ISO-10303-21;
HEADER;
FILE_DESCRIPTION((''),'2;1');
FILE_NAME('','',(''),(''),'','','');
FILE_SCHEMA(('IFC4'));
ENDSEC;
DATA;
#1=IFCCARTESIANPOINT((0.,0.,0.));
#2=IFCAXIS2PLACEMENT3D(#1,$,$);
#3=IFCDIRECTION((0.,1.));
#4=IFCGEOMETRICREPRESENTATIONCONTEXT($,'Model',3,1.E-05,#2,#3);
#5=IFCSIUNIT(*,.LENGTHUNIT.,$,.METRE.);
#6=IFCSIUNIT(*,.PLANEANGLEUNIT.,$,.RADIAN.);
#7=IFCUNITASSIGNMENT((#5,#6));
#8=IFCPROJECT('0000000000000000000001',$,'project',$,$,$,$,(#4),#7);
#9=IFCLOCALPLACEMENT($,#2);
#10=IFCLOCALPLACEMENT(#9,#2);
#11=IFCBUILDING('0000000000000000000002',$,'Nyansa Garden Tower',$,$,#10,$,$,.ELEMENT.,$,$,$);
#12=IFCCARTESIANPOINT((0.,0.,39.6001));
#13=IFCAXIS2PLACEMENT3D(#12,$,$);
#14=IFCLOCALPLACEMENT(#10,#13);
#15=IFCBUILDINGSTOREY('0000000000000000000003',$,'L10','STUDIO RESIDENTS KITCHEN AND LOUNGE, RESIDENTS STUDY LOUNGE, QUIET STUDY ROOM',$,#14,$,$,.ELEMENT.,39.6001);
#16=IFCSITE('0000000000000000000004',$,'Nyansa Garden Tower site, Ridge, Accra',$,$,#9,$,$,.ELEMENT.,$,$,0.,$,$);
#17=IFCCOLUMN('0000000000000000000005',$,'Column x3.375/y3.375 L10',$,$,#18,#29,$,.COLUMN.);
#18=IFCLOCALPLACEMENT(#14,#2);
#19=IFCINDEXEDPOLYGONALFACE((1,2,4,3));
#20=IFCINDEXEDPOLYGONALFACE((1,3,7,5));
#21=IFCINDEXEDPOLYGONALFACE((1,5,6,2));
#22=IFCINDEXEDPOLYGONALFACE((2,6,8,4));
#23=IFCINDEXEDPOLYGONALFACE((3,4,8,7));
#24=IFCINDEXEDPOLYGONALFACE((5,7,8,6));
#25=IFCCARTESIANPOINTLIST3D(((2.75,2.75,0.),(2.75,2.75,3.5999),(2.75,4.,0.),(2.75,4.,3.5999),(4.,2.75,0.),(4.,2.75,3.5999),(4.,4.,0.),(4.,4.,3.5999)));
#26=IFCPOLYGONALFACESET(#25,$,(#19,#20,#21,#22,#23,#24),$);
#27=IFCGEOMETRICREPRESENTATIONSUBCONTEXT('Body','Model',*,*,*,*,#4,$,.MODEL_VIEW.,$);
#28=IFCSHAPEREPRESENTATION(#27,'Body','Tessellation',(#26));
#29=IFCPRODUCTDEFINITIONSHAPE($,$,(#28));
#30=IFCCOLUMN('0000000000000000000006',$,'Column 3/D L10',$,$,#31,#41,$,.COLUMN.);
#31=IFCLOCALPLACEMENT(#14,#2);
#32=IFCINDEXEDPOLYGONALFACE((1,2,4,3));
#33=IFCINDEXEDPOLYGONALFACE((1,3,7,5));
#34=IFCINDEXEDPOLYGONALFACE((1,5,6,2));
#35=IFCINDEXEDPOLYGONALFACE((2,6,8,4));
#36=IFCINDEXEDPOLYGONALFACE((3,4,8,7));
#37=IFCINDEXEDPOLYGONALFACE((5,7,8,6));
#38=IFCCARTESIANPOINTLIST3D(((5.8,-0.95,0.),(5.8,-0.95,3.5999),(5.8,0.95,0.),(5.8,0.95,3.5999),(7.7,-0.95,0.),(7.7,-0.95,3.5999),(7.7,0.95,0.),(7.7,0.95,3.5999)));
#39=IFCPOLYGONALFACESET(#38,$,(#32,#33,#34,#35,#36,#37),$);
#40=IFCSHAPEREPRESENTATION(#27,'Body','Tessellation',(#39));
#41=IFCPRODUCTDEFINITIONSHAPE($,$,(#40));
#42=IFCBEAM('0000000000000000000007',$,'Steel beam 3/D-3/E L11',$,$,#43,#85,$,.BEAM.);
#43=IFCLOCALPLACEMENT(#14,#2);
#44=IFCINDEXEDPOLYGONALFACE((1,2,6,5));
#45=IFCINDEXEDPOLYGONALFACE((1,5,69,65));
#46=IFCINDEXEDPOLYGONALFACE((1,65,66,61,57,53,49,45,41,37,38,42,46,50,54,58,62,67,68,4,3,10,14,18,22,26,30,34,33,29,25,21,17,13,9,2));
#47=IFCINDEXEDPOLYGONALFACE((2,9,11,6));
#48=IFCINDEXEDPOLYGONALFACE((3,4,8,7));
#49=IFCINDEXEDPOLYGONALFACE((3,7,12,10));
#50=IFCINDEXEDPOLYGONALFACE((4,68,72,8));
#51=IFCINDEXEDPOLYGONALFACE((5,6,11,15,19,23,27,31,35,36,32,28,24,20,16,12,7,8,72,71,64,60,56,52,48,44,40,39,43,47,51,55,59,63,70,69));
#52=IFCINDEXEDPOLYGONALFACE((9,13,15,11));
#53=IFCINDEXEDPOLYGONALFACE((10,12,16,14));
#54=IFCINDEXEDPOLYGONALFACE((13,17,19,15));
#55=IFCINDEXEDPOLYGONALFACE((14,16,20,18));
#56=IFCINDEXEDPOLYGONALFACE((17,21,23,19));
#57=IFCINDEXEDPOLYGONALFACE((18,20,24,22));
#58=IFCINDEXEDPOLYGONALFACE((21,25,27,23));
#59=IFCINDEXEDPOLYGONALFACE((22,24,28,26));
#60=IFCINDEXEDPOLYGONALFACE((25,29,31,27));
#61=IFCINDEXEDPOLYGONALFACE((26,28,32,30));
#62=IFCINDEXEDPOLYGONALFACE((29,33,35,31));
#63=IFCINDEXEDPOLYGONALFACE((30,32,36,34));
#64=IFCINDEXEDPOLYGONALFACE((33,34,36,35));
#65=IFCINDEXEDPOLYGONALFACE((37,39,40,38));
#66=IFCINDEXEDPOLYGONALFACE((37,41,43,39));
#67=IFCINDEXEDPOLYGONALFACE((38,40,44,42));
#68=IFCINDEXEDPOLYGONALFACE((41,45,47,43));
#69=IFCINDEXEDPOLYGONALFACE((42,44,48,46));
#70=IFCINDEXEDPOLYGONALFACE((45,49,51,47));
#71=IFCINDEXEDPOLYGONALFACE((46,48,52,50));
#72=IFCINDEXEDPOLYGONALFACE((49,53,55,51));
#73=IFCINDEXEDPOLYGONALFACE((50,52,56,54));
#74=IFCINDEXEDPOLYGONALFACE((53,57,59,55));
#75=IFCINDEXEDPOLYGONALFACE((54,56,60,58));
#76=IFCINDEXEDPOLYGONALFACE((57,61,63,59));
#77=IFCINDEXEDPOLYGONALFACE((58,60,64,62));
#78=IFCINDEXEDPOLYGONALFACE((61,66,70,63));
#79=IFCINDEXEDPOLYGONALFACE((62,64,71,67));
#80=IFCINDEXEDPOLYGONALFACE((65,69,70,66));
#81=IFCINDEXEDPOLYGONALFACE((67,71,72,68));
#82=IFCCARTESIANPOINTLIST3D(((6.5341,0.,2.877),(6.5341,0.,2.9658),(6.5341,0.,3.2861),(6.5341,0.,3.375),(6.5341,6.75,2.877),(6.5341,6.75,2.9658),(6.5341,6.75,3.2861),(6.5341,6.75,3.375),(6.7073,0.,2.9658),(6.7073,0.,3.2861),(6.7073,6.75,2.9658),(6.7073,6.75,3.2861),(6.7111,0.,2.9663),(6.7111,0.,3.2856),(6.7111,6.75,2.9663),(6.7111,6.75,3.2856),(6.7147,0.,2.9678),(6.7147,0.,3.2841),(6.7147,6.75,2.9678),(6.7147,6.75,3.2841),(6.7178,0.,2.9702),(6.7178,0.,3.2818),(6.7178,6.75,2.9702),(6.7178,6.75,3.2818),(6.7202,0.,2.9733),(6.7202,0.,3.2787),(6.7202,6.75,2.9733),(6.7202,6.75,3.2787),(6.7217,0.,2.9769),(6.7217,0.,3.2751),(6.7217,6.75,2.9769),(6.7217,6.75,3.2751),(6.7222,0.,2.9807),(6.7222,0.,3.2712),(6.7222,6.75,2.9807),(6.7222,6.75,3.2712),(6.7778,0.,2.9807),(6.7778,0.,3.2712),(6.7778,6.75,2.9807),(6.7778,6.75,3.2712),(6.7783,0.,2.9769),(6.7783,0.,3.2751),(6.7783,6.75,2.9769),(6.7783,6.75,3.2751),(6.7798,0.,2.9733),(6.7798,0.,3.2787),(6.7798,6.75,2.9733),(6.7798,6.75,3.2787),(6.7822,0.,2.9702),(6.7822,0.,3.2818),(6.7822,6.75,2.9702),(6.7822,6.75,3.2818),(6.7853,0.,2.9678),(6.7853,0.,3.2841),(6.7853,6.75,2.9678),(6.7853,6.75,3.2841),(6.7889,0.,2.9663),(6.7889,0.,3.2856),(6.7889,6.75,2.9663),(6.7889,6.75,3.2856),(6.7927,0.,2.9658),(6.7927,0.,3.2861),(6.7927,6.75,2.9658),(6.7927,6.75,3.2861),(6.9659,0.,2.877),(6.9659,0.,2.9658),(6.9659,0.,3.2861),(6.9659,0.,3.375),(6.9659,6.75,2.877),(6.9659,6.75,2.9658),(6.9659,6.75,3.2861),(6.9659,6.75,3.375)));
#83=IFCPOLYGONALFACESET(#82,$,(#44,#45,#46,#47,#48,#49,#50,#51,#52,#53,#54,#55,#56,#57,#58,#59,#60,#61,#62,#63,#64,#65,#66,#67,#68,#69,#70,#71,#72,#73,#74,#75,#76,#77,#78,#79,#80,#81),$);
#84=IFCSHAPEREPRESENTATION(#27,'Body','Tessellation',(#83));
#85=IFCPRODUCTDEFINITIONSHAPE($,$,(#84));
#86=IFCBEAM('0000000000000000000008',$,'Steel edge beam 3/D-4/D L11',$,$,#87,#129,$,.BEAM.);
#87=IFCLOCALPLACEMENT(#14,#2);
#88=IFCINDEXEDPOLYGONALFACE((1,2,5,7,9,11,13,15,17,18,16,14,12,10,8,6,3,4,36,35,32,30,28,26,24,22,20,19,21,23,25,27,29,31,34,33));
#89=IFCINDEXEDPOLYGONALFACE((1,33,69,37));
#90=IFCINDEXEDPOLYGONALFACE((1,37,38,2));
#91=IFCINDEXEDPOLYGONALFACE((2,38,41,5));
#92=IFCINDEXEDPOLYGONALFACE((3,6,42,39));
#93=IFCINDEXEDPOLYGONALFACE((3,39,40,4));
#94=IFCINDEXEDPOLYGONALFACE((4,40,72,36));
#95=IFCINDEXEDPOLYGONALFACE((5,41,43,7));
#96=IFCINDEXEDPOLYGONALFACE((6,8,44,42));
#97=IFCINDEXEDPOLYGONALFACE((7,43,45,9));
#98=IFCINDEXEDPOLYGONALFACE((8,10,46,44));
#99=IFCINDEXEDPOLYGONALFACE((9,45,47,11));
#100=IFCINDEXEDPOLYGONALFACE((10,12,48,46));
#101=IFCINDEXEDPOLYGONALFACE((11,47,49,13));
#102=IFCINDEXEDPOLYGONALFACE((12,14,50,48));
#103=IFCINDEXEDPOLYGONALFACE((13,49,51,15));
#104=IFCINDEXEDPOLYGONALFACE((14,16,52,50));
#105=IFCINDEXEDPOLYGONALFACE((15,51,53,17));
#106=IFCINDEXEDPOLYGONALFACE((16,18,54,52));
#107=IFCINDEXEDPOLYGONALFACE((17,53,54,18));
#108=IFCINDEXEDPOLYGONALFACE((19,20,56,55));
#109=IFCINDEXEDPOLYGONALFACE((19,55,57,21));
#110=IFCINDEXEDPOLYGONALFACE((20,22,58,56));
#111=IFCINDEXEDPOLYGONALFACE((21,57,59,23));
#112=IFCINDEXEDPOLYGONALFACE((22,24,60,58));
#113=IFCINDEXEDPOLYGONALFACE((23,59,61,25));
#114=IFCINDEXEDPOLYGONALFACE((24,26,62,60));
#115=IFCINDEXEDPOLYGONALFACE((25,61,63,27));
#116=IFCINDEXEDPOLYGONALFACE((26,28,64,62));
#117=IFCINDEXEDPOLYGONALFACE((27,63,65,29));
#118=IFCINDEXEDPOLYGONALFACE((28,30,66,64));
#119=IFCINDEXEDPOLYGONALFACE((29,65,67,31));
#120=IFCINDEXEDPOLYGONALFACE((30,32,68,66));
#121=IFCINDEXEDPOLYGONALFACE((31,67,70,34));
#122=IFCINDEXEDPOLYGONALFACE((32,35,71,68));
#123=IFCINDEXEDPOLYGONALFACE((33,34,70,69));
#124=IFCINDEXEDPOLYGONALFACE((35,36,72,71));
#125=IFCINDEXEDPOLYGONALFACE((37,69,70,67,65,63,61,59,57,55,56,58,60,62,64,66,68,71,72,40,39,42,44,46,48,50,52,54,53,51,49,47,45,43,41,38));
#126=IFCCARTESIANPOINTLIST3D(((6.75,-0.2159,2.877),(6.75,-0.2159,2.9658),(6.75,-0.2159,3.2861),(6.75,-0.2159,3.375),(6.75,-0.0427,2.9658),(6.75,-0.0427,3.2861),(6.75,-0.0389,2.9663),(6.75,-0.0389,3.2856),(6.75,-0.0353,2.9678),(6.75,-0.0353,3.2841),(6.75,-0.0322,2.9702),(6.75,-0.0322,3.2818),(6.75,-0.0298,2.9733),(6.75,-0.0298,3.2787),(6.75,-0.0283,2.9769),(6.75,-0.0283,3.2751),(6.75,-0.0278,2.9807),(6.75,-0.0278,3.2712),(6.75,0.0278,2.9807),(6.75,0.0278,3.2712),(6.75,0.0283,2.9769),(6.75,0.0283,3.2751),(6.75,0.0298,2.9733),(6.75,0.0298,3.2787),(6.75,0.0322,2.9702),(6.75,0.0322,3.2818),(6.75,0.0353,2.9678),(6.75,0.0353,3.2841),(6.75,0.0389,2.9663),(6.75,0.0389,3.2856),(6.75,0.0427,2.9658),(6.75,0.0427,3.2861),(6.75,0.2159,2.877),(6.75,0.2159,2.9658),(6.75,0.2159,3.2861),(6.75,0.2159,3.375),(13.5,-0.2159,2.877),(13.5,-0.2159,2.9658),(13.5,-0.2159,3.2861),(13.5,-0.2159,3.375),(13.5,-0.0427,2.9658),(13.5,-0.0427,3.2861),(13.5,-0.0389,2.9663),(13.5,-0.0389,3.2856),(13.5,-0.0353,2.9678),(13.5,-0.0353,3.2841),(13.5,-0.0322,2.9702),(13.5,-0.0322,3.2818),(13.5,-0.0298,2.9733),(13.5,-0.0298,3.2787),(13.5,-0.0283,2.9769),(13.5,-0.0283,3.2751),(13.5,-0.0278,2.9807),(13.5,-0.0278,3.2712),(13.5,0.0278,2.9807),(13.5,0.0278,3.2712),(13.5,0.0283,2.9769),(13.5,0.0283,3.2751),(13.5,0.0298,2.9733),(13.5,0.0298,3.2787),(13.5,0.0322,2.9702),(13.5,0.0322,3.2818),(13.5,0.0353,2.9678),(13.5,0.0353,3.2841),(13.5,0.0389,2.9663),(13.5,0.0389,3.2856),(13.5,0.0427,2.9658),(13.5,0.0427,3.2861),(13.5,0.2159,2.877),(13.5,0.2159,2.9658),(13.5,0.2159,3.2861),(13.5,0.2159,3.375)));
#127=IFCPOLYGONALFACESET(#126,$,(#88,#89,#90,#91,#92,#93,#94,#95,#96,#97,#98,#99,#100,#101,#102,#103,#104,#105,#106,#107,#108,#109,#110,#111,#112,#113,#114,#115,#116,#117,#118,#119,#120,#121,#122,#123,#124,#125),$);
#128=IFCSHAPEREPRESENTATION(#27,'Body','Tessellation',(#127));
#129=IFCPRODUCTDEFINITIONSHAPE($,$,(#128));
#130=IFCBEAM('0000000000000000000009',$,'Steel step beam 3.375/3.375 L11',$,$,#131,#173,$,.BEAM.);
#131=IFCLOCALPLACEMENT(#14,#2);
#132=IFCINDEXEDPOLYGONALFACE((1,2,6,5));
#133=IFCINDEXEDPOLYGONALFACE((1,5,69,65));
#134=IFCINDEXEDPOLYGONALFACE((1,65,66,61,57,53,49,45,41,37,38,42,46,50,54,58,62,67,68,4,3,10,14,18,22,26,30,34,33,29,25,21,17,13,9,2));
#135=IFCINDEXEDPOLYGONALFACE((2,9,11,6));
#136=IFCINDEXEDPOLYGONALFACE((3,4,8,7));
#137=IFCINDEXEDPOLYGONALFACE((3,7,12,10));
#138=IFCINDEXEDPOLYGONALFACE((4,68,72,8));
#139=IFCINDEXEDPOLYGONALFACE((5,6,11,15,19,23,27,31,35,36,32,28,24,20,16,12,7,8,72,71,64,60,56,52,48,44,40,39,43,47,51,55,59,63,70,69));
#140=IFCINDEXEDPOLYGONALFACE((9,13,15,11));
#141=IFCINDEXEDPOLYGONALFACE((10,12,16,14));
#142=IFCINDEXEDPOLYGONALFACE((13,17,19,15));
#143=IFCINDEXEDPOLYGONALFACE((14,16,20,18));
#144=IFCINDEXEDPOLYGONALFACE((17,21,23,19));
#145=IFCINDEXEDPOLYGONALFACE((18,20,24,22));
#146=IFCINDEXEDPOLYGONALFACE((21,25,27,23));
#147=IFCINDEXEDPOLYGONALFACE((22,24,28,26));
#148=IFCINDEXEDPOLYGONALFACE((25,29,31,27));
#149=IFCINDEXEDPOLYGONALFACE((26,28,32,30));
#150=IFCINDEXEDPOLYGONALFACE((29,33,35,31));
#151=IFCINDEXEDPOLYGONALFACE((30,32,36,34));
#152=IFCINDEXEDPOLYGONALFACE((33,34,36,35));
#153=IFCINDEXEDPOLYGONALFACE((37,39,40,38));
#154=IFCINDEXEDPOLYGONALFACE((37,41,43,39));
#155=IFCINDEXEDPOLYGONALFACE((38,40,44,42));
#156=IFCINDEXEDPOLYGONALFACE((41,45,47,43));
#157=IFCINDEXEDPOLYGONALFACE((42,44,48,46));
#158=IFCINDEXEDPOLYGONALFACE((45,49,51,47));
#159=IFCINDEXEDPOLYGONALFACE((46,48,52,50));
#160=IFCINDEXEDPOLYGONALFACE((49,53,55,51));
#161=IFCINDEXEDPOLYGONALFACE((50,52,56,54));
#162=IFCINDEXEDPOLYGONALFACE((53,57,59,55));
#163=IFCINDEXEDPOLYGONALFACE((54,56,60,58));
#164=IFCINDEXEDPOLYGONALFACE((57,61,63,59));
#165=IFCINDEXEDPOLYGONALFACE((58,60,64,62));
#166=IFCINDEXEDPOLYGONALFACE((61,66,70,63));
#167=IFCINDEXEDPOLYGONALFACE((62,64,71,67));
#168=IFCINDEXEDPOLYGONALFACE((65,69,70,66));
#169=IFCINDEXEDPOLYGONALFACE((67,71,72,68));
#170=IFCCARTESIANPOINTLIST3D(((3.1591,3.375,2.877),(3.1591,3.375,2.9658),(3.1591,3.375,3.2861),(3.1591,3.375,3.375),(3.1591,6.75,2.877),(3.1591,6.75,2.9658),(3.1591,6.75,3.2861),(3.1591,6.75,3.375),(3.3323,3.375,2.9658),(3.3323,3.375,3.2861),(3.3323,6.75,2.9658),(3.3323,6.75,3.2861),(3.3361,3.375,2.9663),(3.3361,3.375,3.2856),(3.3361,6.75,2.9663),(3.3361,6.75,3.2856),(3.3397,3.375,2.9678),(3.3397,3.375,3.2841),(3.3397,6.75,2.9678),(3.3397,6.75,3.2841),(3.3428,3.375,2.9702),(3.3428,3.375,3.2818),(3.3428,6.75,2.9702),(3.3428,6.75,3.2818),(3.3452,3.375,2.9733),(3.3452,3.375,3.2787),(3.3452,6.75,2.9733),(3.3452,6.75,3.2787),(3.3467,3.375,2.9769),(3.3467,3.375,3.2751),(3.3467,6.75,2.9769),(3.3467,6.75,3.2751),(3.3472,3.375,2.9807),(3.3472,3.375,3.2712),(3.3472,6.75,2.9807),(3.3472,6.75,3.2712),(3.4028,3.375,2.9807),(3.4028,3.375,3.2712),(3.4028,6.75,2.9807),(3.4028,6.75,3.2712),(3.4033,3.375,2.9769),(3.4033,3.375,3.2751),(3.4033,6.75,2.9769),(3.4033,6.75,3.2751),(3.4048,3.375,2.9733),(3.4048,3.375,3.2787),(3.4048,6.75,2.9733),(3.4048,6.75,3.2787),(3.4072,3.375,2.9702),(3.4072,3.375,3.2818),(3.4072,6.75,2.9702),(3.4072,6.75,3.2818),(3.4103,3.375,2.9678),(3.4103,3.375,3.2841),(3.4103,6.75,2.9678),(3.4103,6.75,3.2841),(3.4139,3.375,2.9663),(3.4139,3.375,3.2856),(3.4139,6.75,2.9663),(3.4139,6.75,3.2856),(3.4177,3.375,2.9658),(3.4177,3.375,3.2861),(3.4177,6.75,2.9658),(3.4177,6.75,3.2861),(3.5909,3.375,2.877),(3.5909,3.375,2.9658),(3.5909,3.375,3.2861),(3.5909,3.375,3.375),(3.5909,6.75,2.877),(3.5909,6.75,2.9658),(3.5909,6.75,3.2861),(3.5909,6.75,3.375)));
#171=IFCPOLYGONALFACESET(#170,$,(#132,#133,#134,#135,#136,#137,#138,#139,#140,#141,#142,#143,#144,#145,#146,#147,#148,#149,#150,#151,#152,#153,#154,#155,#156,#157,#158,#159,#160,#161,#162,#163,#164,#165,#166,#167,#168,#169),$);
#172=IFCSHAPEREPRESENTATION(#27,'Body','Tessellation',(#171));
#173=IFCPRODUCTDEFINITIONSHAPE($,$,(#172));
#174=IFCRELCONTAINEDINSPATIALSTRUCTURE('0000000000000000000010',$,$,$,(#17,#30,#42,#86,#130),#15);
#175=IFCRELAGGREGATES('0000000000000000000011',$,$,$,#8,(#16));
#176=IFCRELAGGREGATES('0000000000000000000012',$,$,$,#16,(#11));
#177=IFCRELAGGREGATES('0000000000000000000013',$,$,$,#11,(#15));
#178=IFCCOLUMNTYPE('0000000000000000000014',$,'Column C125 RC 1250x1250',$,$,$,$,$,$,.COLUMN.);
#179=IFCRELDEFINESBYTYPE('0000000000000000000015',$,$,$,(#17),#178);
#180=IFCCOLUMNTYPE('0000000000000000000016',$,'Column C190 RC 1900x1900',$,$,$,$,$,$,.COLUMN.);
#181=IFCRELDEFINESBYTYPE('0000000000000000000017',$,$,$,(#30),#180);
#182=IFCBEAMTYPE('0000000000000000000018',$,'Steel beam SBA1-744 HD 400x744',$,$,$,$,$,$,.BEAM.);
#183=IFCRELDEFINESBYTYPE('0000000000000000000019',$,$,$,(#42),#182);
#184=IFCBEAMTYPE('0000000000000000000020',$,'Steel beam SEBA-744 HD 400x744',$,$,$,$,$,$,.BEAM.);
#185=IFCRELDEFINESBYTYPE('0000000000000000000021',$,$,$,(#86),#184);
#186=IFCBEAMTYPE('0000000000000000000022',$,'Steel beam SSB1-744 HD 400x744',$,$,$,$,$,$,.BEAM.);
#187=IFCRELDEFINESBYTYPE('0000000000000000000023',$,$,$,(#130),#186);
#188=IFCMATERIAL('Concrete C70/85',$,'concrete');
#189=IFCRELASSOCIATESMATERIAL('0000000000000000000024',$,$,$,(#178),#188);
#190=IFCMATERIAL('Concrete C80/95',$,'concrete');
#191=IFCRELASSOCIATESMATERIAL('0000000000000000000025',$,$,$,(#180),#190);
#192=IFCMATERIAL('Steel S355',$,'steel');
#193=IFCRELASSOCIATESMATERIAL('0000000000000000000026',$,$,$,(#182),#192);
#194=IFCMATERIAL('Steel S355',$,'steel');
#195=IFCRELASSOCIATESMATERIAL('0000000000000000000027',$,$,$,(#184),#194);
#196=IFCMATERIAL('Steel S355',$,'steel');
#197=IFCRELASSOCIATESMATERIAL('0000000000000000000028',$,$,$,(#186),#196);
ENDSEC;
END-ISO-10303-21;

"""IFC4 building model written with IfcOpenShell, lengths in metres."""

from ifc_helpers import new_model, si_unit, direction, frame, origin, origin_2d, place, context, subcontext, project, spatial, rectangle, i_section, extrude, material, material_profile, profile_set, type_object, element, save


model = new_model("IFC4")

# Units and contexts
model_context = context("Model", 3, precision=1e-05, world=origin(), true_north=direction((0.0, 1.0)))
body_context = subcontext(model_context, "Body", "Model", "MODEL_VIEW")
ifc_project = project(units=[si_unit("LENGTHUNIT", "METRE"), si_unit("PLANEANGLEUNIT", "RADIAN")], contexts=[model_context])

# Site, building, storey
site_placement = place(None, origin())
site = spatial("IfcSite", under=ifc_project, at=site_placement, Name="Nyansa Garden Tower site, Ridge, Accra", CompositionType="ELEMENT", RefElevation=0.0)
building_placement = place(site_placement, origin())
building = spatial("IfcBuilding", under=site, at=building_placement, Name="Nyansa Garden Tower", CompositionType="ELEMENT")
storey_placement = place(building_placement, frame((0.0, 0.0, 39.6001)))
storey = spatial("IfcBuildingStorey", under=building, at=storey_placement, Name="L10", Description="STUDIO RESIDENTS KITCHEN AND LOUNGE, RESIDENTS STUDY LOUNGE, QUIET STUDY ROOM", CompositionType="ELEMENT", Elevation=39.6001)

# Columns
ifc_material_1 = material(Name="Concrete C70/85", Category="concrete")
ifc_material_profile_1 = material_profile(ifc_material_1, rectangle(XDim=1.25, YDim=1.25, at=origin_2d()), Name="RC 1250x1250")
ifc_profile_set_1 = profile_set([ifc_material_profile_1], Name="Concrete C70/85")
column_type_1 = type_object("IfcColumnType", Name="Column C125 RC 1250x1250", PredefinedType="COLUMN", material=ifc_profile_set_1)
column_1_placement = place(storey_placement, frame((3.375, 3.375, 0.0), z_axis=(0.0, 0.0, 1.0), x_axis=(1.0, 0.0, 0.0)))
element("IfcColumn", 1, at=column_1_placement, inside=storey, type_object=column_type_1, Name="Column x3.375/y3.375 L10", PredefinedType="COLUMN", context=body_context, shape_type="SweptSolid", body=[
    extrude(rectangle(XDim=1.25, YDim=1.25, at=origin_2d()), origin(), (0.0, 0.0, 1.0), 3.5999),
])
ifc_material_2 = material(Name="Concrete C80/95", Category="concrete")
ifc_material_profile_2 = material_profile(ifc_material_2, rectangle(XDim=1.8999, YDim=1.8999, at=origin_2d()), Name="RC 1900x1900")
ifc_profile_set_2 = profile_set([ifc_material_profile_2], Name="Concrete C80/95")
column_type_2 = type_object("IfcColumnType", Name="Column C190 RC 1900x1900", PredefinedType="COLUMN", material=ifc_profile_set_2)
column_2_placement = place(storey_placement, frame((6.75, 0.0, 0.0), z_axis=(0.0, 0.0, 1.0), x_axis=(1.0, 0.0, 0.0)))
element("IfcColumn", 2, at=column_2_placement, inside=storey, type_object=column_type_2, Name="Column 3/D L10", PredefinedType="COLUMN", context=body_context, shape_type="SweptSolid", body=[
    extrude(rectangle(XDim=1.8999, YDim=1.8999, at=origin_2d()), origin(), (0.0, 0.0, 1.0), 3.5999),
])

# Beams
ifc_material_3 = material(Name="Steel S355", Category="steel")
ifc_material_profile_3 = material_profile(ifc_material_3, i_section(OverallWidth=0.4319, OverallDepth=0.498, WebThickness=0.0557, FlangeThickness=0.0889, FilletRadius=0.0149, at=origin_2d()), Name="HD 400x744")
ifc_profile_set_3 = profile_set([ifc_material_profile_3], Name="Steel S355")
beam_type_1 = type_object("IfcBeamType", Name="Steel beam SBA1-744 HD 400x744", PredefinedType="BEAM", material=ifc_profile_set_3)
beam_1_placement = place(storey_placement, frame((6.75, 0.0, 3.126), z_axis=(0.0, 1.0, 0.0), x_axis=(-1.0, 0.0, 0.0)))
element("IfcBeam", 3, at=beam_1_placement, inside=storey, type_object=beam_type_1, Name="Steel beam 3/D-3/E L11", PredefinedType="BEAM", context=body_context, shape_type="SweptSolid", body=[
    extrude(i_section(OverallWidth=0.4319, OverallDepth=0.498, WebThickness=0.0557, FlangeThickness=0.0889, FilletRadius=0.0149, at=origin_2d()), origin(), (0.0, 0.0, 1.0), 6.75),
])
ifc_material_4 = material(Name="Steel S355", Category="steel")
ifc_material_profile_4 = material_profile(ifc_material_4, i_section(OverallWidth=0.4319, OverallDepth=0.498, WebThickness=0.0557, FlangeThickness=0.0889, FilletRadius=0.0149, at=origin_2d()), Name="HD 400x744")
ifc_profile_set_4 = profile_set([ifc_material_profile_4], Name="Steel S355")
beam_type_2 = type_object("IfcBeamType", Name="Steel beam SEBA-744 HD 400x744", PredefinedType="BEAM", material=ifc_profile_set_4)
beam_2_placement = place(storey_placement, frame((6.75, 0.0, 3.126), z_axis=(1.0, 0.0, 0.0), x_axis=(0.0, 1.0, 0.0)))
element("IfcBeam", 4, at=beam_2_placement, inside=storey, type_object=beam_type_2, Name="Steel edge beam 3/D-4/D L11", PredefinedType="BEAM", context=body_context, shape_type="SweptSolid", body=[
    extrude(i_section(OverallWidth=0.4319, OverallDepth=0.498, WebThickness=0.0557, FlangeThickness=0.0889, FilletRadius=0.0149, at=origin_2d()), origin(), (0.0, 0.0, 1.0), 6.75),
])
ifc_material_5 = material(Name="Steel S355", Category="steel")
ifc_material_profile_5 = material_profile(ifc_material_5, i_section(OverallWidth=0.4319, OverallDepth=0.498, WebThickness=0.0557, FlangeThickness=0.0889, FilletRadius=0.0149, at=origin_2d()), Name="HD 400x744")
ifc_profile_set_5 = profile_set([ifc_material_profile_5], Name="Steel S355")
beam_type_3 = type_object("IfcBeamType", Name="Steel beam SSB1-744 HD 400x744", PredefinedType="BEAM", material=ifc_profile_set_5)
for number, where, z_axis, x_axis, name in (
    (5, (3.375, 3.375, 3.126), (0.0, 1.0, 0.0), (-1.0, 0.0, 0.0), "Steel step beam 3.375/3.375 L11"),
):
    element("IfcBeam", number, at=place(storey_placement, frame(where, z_axis=z_axis, x_axis=x_axis)), inside=storey, type_object=beam_type_3, Name=name, PredefinedType="BEAM", context=body_context, shape_type="SweptSolid", body=[
        extrude(i_section(OverallWidth=0.4319, OverallDepth=0.498, WebThickness=0.0557, FlangeThickness=0.0889, FilletRadius=0.0149, at=origin_2d()), origin(), (0.0, 0.0, 1.0), 3.375),
    ])

save(model, "model.ifc")
